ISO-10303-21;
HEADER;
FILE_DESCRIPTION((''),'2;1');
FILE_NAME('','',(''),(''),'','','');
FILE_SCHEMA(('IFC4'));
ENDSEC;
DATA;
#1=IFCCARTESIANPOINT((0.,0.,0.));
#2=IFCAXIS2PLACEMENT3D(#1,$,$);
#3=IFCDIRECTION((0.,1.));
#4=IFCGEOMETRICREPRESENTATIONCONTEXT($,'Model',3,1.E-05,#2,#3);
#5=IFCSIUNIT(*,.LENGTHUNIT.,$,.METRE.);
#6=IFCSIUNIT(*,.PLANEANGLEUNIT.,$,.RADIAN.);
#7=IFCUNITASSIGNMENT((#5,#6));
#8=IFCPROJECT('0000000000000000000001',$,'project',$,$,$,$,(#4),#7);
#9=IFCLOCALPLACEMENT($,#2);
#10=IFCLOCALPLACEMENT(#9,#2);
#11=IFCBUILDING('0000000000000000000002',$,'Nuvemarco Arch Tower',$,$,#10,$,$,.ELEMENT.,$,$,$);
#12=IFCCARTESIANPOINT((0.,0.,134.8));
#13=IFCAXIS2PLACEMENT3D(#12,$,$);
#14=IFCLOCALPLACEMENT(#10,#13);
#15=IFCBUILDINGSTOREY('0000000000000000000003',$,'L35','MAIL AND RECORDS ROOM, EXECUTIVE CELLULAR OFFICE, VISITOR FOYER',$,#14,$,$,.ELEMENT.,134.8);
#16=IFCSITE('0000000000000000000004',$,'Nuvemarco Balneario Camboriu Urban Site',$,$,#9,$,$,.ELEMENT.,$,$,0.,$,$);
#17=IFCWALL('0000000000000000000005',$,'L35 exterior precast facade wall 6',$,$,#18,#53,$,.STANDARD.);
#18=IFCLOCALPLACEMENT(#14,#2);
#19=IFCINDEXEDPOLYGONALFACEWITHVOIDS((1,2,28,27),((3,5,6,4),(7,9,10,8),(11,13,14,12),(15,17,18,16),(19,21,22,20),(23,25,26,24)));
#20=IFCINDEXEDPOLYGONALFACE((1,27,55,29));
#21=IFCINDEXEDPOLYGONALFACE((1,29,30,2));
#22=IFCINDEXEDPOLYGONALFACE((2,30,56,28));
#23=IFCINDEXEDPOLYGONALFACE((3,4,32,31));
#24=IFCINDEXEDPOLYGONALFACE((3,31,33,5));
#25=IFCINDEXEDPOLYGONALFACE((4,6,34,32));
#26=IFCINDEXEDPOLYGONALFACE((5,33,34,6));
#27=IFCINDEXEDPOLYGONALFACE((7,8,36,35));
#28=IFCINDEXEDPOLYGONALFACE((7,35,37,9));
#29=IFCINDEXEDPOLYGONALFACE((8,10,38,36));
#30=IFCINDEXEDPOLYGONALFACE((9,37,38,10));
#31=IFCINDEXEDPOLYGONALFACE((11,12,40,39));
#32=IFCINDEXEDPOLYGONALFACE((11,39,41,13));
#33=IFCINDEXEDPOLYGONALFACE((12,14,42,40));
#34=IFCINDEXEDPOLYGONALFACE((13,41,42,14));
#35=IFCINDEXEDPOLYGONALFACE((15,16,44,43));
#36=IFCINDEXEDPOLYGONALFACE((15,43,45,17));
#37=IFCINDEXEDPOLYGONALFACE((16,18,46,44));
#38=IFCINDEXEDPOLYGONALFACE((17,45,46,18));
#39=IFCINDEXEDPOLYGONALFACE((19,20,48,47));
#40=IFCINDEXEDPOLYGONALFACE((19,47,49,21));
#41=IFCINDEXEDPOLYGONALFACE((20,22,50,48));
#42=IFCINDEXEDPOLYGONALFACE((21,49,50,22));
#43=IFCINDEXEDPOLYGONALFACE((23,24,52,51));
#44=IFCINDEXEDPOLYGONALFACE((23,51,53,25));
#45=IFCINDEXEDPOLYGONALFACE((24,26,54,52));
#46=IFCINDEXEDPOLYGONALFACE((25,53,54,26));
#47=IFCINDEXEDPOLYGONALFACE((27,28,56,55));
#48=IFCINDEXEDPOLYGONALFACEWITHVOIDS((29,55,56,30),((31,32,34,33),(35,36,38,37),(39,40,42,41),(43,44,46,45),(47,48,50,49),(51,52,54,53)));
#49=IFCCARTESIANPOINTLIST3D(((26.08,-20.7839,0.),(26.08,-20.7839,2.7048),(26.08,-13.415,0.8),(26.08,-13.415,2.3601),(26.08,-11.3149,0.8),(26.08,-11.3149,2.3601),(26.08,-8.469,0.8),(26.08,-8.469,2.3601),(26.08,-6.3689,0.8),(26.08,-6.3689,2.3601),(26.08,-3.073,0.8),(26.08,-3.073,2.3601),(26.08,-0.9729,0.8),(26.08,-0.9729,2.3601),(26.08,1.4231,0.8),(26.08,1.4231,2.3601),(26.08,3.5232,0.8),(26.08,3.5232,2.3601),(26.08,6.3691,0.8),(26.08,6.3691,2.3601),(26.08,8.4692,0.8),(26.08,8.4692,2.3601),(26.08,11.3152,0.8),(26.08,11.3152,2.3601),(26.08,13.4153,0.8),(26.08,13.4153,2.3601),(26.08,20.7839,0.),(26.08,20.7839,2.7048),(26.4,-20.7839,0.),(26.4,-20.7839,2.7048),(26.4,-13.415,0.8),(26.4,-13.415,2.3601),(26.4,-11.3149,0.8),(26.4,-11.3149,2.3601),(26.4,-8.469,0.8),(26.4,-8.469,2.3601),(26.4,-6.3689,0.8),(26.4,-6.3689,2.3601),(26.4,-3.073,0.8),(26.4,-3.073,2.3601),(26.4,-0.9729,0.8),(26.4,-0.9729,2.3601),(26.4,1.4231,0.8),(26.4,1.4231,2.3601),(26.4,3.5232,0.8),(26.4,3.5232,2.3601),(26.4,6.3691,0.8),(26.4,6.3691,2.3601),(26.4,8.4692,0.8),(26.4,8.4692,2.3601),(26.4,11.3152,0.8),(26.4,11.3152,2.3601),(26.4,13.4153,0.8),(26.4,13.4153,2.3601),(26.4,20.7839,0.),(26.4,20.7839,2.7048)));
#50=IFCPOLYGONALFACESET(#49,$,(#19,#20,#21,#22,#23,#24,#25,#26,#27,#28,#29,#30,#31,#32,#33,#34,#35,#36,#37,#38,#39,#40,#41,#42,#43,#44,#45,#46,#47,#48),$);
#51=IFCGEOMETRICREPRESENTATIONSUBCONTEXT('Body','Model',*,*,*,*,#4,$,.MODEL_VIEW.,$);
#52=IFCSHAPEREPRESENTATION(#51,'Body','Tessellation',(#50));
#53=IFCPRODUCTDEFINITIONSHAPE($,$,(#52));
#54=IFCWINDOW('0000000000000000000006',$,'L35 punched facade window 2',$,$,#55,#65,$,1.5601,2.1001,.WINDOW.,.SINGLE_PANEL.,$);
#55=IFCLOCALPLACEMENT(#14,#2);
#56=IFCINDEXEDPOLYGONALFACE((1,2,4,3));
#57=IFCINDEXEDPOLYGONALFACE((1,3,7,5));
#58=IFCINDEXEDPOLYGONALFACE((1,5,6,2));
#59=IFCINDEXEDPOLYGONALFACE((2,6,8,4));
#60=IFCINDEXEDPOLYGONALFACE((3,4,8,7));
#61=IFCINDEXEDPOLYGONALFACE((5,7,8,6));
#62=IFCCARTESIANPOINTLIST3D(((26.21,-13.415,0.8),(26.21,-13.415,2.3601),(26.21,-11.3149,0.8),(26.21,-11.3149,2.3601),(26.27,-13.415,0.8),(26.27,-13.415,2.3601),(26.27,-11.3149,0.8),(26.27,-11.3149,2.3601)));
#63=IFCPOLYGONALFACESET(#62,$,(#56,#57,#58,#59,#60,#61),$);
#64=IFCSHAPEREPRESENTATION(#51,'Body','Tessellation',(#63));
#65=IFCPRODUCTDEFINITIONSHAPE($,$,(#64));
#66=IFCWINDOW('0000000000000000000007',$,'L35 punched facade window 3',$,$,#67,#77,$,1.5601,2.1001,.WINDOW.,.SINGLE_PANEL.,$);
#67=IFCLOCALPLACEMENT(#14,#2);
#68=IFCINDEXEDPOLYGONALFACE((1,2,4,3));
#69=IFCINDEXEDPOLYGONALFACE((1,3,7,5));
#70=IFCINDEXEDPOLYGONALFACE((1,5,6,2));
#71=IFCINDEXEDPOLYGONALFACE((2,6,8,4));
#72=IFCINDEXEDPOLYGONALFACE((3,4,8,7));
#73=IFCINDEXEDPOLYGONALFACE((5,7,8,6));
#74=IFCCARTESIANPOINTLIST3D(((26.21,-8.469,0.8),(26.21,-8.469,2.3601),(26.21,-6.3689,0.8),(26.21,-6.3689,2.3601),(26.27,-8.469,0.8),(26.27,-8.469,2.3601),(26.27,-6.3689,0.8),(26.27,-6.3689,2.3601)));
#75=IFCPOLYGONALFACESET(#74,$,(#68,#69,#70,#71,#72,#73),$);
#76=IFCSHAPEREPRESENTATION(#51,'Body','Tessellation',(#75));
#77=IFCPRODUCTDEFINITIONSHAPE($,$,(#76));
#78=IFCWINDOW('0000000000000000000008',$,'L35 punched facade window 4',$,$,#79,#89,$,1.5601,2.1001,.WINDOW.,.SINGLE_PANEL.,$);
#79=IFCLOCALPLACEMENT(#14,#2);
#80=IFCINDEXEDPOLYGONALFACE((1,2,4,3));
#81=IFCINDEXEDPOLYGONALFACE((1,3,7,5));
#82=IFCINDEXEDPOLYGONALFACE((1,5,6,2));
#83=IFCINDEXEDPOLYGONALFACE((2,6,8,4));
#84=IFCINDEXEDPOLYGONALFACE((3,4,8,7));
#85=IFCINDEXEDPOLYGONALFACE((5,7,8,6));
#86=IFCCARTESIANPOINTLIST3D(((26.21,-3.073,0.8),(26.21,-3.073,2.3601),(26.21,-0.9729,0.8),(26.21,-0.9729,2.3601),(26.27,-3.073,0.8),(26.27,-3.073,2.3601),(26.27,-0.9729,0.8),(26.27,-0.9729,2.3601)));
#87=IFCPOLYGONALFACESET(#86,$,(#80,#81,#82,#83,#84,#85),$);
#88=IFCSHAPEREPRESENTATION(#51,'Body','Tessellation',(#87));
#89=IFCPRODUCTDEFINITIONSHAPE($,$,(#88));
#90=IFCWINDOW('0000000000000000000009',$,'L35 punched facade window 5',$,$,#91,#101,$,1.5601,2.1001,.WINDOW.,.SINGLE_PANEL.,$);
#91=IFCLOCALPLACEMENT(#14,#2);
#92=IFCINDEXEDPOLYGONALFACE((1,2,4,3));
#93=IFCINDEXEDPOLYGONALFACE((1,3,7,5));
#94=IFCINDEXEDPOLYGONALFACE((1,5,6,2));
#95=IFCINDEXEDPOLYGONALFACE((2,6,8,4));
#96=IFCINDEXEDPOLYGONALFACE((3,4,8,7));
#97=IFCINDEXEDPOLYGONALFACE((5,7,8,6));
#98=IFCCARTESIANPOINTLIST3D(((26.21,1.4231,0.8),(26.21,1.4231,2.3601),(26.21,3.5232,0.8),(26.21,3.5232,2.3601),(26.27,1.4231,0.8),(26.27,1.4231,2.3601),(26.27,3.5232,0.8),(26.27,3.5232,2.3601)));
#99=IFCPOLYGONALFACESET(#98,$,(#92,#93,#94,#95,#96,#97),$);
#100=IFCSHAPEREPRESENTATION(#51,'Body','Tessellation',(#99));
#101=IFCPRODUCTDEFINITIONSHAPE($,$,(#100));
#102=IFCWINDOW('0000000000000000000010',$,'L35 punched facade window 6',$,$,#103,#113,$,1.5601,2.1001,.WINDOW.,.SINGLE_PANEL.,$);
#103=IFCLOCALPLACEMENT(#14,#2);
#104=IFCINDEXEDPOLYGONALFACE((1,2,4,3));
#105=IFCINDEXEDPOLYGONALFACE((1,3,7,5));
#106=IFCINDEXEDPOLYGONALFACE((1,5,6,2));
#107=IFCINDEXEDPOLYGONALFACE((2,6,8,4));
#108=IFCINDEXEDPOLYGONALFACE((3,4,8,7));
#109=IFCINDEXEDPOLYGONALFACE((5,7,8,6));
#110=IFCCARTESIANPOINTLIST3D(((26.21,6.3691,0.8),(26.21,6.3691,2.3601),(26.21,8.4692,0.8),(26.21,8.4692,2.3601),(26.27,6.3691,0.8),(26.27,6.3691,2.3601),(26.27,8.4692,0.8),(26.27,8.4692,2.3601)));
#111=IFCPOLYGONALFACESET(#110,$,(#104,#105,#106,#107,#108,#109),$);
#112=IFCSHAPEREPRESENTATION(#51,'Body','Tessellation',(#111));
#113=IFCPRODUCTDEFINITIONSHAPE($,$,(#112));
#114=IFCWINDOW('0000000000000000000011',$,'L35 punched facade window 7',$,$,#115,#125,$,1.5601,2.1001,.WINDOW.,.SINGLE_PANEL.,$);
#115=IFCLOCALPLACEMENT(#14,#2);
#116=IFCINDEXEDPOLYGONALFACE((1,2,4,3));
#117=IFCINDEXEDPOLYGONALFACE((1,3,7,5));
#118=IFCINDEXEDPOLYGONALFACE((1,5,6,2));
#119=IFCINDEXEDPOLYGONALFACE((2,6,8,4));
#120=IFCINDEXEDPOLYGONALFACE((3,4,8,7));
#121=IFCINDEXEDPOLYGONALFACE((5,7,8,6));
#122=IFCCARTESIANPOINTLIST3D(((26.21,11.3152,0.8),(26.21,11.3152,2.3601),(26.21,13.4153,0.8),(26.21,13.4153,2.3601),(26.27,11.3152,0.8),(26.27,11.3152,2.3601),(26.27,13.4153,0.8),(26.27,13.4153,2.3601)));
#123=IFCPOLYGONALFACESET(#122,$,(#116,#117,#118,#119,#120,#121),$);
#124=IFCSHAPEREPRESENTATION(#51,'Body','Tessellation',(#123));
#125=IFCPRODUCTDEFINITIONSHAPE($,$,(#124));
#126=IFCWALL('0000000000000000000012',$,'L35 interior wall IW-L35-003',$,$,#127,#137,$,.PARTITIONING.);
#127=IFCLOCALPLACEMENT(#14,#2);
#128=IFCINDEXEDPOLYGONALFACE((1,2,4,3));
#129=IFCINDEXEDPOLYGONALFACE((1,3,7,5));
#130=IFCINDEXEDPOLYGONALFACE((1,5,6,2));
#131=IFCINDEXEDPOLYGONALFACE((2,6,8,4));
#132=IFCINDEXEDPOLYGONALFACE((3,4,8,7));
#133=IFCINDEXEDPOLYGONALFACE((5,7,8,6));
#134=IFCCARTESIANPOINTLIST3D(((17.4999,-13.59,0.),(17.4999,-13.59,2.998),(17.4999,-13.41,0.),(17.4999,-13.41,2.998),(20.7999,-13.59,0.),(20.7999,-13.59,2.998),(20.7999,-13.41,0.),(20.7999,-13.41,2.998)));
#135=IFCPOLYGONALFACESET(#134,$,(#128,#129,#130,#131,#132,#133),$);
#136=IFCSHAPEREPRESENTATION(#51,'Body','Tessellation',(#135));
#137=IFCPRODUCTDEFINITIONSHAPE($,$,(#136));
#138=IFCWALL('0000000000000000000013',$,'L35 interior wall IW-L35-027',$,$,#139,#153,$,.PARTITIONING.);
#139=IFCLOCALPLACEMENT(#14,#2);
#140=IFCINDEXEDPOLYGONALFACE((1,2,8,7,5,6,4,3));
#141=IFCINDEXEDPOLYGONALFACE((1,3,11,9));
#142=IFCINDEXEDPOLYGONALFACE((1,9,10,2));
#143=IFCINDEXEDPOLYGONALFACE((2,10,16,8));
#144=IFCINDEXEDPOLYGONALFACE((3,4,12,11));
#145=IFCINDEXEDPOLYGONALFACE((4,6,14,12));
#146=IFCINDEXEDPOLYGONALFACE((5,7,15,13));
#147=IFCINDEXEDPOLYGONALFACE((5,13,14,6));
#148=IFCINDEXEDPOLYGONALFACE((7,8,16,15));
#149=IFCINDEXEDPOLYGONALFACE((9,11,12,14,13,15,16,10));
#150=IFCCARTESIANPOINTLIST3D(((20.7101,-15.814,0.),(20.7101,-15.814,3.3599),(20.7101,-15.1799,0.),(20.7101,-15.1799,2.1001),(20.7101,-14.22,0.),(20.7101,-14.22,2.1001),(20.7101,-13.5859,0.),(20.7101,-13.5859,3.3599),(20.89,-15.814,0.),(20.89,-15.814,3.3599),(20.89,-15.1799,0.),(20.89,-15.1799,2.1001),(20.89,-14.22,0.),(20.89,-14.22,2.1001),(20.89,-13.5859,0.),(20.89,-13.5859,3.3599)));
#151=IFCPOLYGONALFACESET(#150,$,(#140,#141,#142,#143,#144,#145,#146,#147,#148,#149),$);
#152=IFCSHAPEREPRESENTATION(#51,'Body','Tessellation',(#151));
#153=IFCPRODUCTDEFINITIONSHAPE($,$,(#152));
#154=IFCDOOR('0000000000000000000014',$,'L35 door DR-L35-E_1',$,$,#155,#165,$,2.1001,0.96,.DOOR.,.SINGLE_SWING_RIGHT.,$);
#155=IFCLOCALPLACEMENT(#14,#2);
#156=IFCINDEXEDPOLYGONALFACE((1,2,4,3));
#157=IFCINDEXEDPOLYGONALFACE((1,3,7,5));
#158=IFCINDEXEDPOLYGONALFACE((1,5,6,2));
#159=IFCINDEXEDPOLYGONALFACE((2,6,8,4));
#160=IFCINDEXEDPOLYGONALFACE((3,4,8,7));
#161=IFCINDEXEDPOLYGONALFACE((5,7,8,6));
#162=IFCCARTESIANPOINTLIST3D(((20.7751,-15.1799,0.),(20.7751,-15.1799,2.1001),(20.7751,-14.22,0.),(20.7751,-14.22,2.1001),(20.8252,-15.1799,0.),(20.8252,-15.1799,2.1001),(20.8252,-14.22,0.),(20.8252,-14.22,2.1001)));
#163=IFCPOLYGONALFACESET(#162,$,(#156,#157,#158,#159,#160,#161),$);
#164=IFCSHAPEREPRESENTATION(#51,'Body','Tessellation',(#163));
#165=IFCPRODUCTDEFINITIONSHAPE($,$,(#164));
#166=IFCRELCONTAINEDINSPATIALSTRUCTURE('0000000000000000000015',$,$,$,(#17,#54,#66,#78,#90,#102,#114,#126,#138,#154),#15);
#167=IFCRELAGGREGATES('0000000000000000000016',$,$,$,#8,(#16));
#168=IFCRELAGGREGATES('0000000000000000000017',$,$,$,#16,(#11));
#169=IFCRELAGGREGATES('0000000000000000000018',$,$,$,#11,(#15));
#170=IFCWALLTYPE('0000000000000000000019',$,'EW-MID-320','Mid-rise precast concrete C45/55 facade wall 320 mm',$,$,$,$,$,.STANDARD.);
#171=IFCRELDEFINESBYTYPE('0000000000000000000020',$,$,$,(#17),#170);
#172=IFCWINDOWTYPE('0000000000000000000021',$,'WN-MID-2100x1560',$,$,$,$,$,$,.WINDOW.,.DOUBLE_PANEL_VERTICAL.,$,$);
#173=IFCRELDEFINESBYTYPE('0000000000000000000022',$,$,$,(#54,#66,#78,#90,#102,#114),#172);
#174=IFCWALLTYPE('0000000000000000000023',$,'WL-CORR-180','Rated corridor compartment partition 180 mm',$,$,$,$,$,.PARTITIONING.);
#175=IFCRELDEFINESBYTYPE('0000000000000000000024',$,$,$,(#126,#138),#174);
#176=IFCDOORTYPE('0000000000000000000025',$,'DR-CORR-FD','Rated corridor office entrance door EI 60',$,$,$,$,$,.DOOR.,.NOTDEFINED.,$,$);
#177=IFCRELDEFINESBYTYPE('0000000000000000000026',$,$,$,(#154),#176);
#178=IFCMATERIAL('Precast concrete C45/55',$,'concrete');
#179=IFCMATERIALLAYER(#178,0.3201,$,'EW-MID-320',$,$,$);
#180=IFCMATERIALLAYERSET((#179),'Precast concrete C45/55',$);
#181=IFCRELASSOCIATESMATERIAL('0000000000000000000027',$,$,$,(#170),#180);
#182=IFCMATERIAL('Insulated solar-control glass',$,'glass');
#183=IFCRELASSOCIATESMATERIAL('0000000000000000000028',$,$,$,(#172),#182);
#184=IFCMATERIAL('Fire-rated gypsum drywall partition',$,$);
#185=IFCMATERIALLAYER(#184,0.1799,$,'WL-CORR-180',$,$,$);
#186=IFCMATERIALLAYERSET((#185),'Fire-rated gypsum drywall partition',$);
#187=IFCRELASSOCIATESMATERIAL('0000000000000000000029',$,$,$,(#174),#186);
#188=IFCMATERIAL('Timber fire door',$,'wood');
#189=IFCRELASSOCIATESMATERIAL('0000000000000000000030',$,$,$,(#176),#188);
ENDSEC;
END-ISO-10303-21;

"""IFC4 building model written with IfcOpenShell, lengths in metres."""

from ifc_helpers import new_model, si_unit, direction, frame, frame_2d, origin, place, context, subcontext, project, spatial, rectangle, extrude, source, transform, mapped, material, layer, layer_set, type_object, type_shapes, element, fill, save


model = new_model("IFC4")

# Units and contexts
model_context = context("Model", 3, precision=1e-05, world=origin(), true_north=direction((0.0, 1.0)))
body_context = subcontext(model_context, "Body", "Model", "MODEL_VIEW")
ifc_project = project(units=[si_unit("LENGTHUNIT", "METRE"), si_unit("PLANEANGLEUNIT", "RADIAN")], contexts=[model_context])

# Site, building, storey
site_placement = place(None, origin())
site = spatial("IfcSite", under=ifc_project, at=site_placement, Name="Nuvemarco Balneario Camboriu Urban Site", CompositionType="ELEMENT", RefElevation=0.0)
building_placement = place(site_placement, origin())
building = spatial("IfcBuilding", under=site, at=building_placement, Name="Nuvemarco Arch Tower", CompositionType="ELEMENT")
storey_placement = place(building_placement, frame((0.0, 0.0, 134.8)))
storey = spatial("IfcBuildingStorey", under=building, at=storey_placement, Name="L35", Description="MAIL AND RECORDS ROOM, EXECUTIVE CELLULAR OFFICE, VISITOR FOYER", CompositionType="ELEMENT", Elevation=134.8)

# Shared definitions
ifc_material_1 = material(Name="Precast concrete C45/55", Category="concrete")

# Shared definitions
ifc_layer_1 = layer(ifc_material_1, 0.3201, Name="EW-MID-320")
ifc_layer_set_1 = layer_set([ifc_layer_1], Name="Precast concrete C45/55")
wall_type_1 = type_object("IfcWallType", Name="EW-MID-320", Description="Mid-rise precast concrete C45/55 facade wall 320 mm", PredefinedType="STANDARD", material=ifc_layer_set_1)

# Wall, openings, windows
wall_1_placement = place(storey_placement, frame((26.24, -20.7839, 0.0), z_axis=(0.0, 0.0, 1.0), x_axis=(0.0, 1.0, 0.0)))
wall_1 = element("IfcWall", 1, at=wall_1_placement, inside=storey, type_object=wall_type_1, Name="L35 exterior precast facade wall 6", PredefinedType="STANDARD", context=body_context, shape_type="SweptSolid", body=[
    extrude(rectangle(XDim=41.5679, YDim=0.3201, at=frame_2d((20.7839, 0.0))), origin(), (0.0, 0.0, 1.0), 2.7048),
])
opening_1_placement = place(wall_1_placement, frame((7.3689, 0.0, 0.8)))
opening_1 = element("IfcOpeningElement", 2, at=opening_1_placement, cuts=wall_1, PredefinedType="OPENING", context=body_context, shape_type="SweptSolid", body=[
    extrude(rectangle(XDim=2.1001, YDim=1.5601, at=frame_2d((1.05, 0.78))), frame((0.0, 0.1699, 0.0), z_axis=(0.0, -1.0, 0.0), x_axis=(1.0, 0.0, 0.0)), (0.0, 0.0, 1.0), 0.3401),
])
opening_2_placement = place(wall_1_placement, frame((12.3149, 0.0, 0.8)))
opening_2 = element("IfcOpeningElement", 3, at=opening_2_placement, cuts=wall_1, PredefinedType="OPENING", context=body_context, shape_type="SweptSolid", body=[
    extrude(rectangle(XDim=2.1001, YDim=1.5601, at=frame_2d((1.05, 0.78))), frame((0.0, 0.1699, 0.0), z_axis=(0.0, -1.0, 0.0), x_axis=(1.0, 0.0, 0.0)), (0.0, 0.0, 1.0), 0.3401),
])
opening_3_placement = place(wall_1_placement, frame((17.7109, 0.0, 0.8)))
opening_3 = element("IfcOpeningElement", 4, at=opening_3_placement, cuts=wall_1, PredefinedType="OPENING", context=body_context, shape_type="SweptSolid", body=[
    extrude(rectangle(XDim=2.1001, YDim=1.5601, at=frame_2d((1.05, 0.78))), frame((0.0, 0.1699, 0.0), z_axis=(0.0, -1.0, 0.0), x_axis=(1.0, 0.0, 0.0)), (0.0, 0.0, 1.0), 0.3401),
])
opening_4_placement = place(wall_1_placement, frame((22.207, 0.0, 0.8)))
opening_4 = element("IfcOpeningElement", 5, at=opening_4_placement, cuts=wall_1, PredefinedType="OPENING", context=body_context, shape_type="SweptSolid", body=[
    extrude(rectangle(XDim=2.1001, YDim=1.5601, at=frame_2d((1.05, 0.78))), frame((0.0, 0.1699, 0.0), z_axis=(0.0, -1.0, 0.0), x_axis=(1.0, 0.0, 0.0)), (0.0, 0.0, 1.0), 0.3401),
])
opening_5_placement = place(wall_1_placement, frame((27.1531, 0.0, 0.8)))
opening_5 = element("IfcOpeningElement", 6, at=opening_5_placement, cuts=wall_1, PredefinedType="OPENING", context=body_context, shape_type="SweptSolid", body=[
    extrude(rectangle(XDim=2.1001, YDim=1.5601, at=frame_2d((1.05, 0.78))), frame((0.0, 0.1699, 0.0), z_axis=(0.0, -1.0, 0.0), x_axis=(1.0, 0.0, 0.0)), (0.0, 0.0, 1.0), 0.3401),
])
opening_6_placement = place(wall_1_placement, frame((32.0991, 0.0, 0.8)))
opening_6 = element("IfcOpeningElement", 7, at=opening_6_placement, cuts=wall_1, PredefinedType="OPENING", context=body_context, shape_type="SweptSolid", body=[
    extrude(rectangle(XDim=2.1001, YDim=1.5601, at=frame_2d((1.05, 0.78))), frame((0.0, 0.1699, 0.0), z_axis=(0.0, -1.0, 0.0), x_axis=(1.0, 0.0, 0.0)), (0.0, 0.0, 1.0), 0.3401),
])
ifc_material_2 = material(Name="Insulated solar-control glass", Category="glass")
window_type = type_object("IfcWindowType", Name="WN-MID-2100x1560", PartitioningType="DOUBLE_PANEL_VERTICAL", PredefinedType="WINDOW", material=ifc_material_2)
shared_shape_1 = source(origin(), body_context, "Body", "SweptSolid", [
    extrude(rectangle(XDim=2.1001, YDim=1.5601, at=frame_2d((1.05, 0.78))), frame((0.0, 0.03, 0.0), z_axis=(0.0, -1.0, 0.0), x_axis=(1.0, 0.0, 0.0)), (0.0, 0.0, 1.0), 0.0601),
])
type_shapes(window_type, [shared_shape_1])
window_1_placement = place(opening_1_placement, origin())
window_1 = element("IfcWindow", 8, at=window_1_placement, inside=storey, type_object=window_type, Name="L35 punched facade window 2", OverallHeight=1.5601, OverallWidth=2.1001, PartitioningType="SINGLE_PANEL", PredefinedType="WINDOW", context=body_context, shape_type="MappedRepresentation", body=[
    mapped(shared_shape_1, transform((0.0, 0.0, 0.0), scale=1.0)),
])
fill(opening_1, window_1)
window_2_placement = place(opening_2_placement, origin())
window_2 = element("IfcWindow", 9, at=window_2_placement, inside=storey, type_object=window_type, Name="L35 punched facade window 3", OverallHeight=1.5601, OverallWidth=2.1001, PartitioningType="SINGLE_PANEL", PredefinedType="WINDOW", context=body_context, shape_type="MappedRepresentation", body=[
    mapped(shared_shape_1, transform((0.0, 0.0, 0.0), scale=1.0)),
])
fill(opening_2, window_2)
window_3_placement = place(opening_3_placement, origin())
window_3 = element("IfcWindow", 10, at=window_3_placement, inside=storey, type_object=window_type, Name="L35 punched facade window 4", OverallHeight=1.5601, OverallWidth=2.1001, PartitioningType="SINGLE_PANEL", PredefinedType="WINDOW", context=body_context, shape_type="MappedRepresentation", body=[
    mapped(shared_shape_1, transform((0.0, 0.0, 0.0), scale=1.0)),
])
fill(opening_3, window_3)
window_4_placement = place(opening_4_placement, origin())
window_4 = element("IfcWindow", 11, at=window_4_placement, inside=storey, type_object=window_type, Name="L35 punched facade window 5", OverallHeight=1.5601, OverallWidth=2.1001, PartitioningType="SINGLE_PANEL", PredefinedType="WINDOW", context=body_context, shape_type="MappedRepresentation", body=[
    mapped(shared_shape_1, transform((0.0, 0.0, 0.0), scale=1.0)),
])
fill(opening_4, window_4)
window_5_placement = place(opening_5_placement, origin())
window_5 = element("IfcWindow", 12, at=window_5_placement, inside=storey, type_object=window_type, Name="L35 punched facade window 6", OverallHeight=1.5601, OverallWidth=2.1001, PartitioningType="SINGLE_PANEL", PredefinedType="WINDOW", context=body_context, shape_type="MappedRepresentation", body=[
    mapped(shared_shape_1, transform((0.0, 0.0, 0.0), scale=1.0)),
])
fill(opening_5, window_5)
window_6_placement = place(opening_6_placement, origin())
window_6 = element("IfcWindow", 13, at=window_6_placement, inside=storey, type_object=window_type, Name="L35 punched facade window 7", OverallHeight=1.5601, OverallWidth=2.1001, PartitioningType="SINGLE_PANEL", PredefinedType="WINDOW", context=body_context, shape_type="MappedRepresentation", body=[
    mapped(shared_shape_1, transform((0.0, 0.0, 0.0), scale=1.0)),
])
fill(opening_6, window_6)

# Wall
ifc_material_3 = material(Name="Fire-rated gypsum drywall partition")
ifc_layer_2 = layer(ifc_material_3, 0.1799, Name="WL-CORR-180")
ifc_layer_set_2 = layer_set([ifc_layer_2], Name="Fire-rated gypsum drywall partition")
wall_type_2 = type_object("IfcWallType", Name="WL-CORR-180", Description="Rated corridor compartment partition 180 mm", PredefinedType="PARTITIONING", material=ifc_layer_set_2)
wall_2_placement = place(storey_placement, frame((17.5, -13.5, 0.0), z_axis=(0.0, 0.0, 1.0), x_axis=(1.0, 0.0, 0.0)))
element("IfcWall", 14, at=wall_2_placement, inside=storey, type_object=wall_type_2, Name="L35 interior wall IW-L35-003", PredefinedType="PARTITIONING", context=body_context, shape_type="SweptSolid", body=[
    extrude(rectangle(XDim=3.3, YDim=0.1799, at=frame_2d((1.6499, 0.0))), origin(), (0.0, 0.0, 1.0), 2.998),
])

# Wall, opening, door
wall_3_placement = place(storey_placement, frame((20.8, -15.814, 0.0), z_axis=(0.0, 0.0, 1.0), x_axis=(0.0, 1.0, 0.0)))
wall_3 = element("IfcWall", 15, at=wall_3_placement, inside=storey, type_object=wall_type_2, Name="L35 interior wall IW-L35-027", PredefinedType="PARTITIONING", context=body_context, shape_type="SweptSolid", body=[
    extrude(rectangle(XDim=2.228, YDim=0.1799, at=frame_2d((1.114, 0.0))), origin(), (0.0, 0.0, 1.0), 3.3599),
])
opening_7_placement = place(wall_3_placement, frame((0.634, 0.0, 0.0)))
opening_7 = element("IfcOpeningElement", 16, at=opening_7_placement, cuts=wall_3, PredefinedType="OPENING", context=body_context, shape_type="SweptSolid", body=[
    extrude(rectangle(XDim=0.96, YDim=2.1001, at=frame_2d((0.48, 1.05))), frame((0.0, 0.0999, 0.0), z_axis=(0.0, -1.0, 0.0), x_axis=(1.0, 0.0, 0.0)), (0.0, 0.0, 1.0), 0.2),
])
ifc_material_4 = material(Name="Timber fire door", Category="wood")
door_type = type_object("IfcDoorType", Name="DR-CORR-FD", Description="Rated corridor office entrance door EI 60", OperationType="NOTDEFINED", PredefinedType="DOOR", material=ifc_material_4)
shared_shape_2 = source(origin(), body_context, "Body", "SweptSolid", [
    extrude(rectangle(XDim=0.96, YDim=2.1001, at=frame_2d((0.48, 1.05))), frame((0.0, 0.0249, 0.0), z_axis=(0.0, -1.0, 0.0), x_axis=(1.0, 0.0, 0.0)), (0.0, 0.0, 1.0), 0.05),
])
type_shapes(door_type, [shared_shape_2])
door_placement = place(opening_7_placement, origin())
door = element("IfcDoor", 17, at=door_placement, inside=storey, type_object=door_type, Name="L35 door DR-L35-E_1", OperationType="SINGLE_SWING_RIGHT", OverallHeight=2.1001, OverallWidth=0.96, PredefinedType="DOOR", context=body_context, shape_type="MappedRepresentation", body=[
    mapped(shared_shape_2, transform((0.0, 0.0, 0.0), scale=1.0)),
])
fill(opening_7, door)

save(model, "model.ifc")
